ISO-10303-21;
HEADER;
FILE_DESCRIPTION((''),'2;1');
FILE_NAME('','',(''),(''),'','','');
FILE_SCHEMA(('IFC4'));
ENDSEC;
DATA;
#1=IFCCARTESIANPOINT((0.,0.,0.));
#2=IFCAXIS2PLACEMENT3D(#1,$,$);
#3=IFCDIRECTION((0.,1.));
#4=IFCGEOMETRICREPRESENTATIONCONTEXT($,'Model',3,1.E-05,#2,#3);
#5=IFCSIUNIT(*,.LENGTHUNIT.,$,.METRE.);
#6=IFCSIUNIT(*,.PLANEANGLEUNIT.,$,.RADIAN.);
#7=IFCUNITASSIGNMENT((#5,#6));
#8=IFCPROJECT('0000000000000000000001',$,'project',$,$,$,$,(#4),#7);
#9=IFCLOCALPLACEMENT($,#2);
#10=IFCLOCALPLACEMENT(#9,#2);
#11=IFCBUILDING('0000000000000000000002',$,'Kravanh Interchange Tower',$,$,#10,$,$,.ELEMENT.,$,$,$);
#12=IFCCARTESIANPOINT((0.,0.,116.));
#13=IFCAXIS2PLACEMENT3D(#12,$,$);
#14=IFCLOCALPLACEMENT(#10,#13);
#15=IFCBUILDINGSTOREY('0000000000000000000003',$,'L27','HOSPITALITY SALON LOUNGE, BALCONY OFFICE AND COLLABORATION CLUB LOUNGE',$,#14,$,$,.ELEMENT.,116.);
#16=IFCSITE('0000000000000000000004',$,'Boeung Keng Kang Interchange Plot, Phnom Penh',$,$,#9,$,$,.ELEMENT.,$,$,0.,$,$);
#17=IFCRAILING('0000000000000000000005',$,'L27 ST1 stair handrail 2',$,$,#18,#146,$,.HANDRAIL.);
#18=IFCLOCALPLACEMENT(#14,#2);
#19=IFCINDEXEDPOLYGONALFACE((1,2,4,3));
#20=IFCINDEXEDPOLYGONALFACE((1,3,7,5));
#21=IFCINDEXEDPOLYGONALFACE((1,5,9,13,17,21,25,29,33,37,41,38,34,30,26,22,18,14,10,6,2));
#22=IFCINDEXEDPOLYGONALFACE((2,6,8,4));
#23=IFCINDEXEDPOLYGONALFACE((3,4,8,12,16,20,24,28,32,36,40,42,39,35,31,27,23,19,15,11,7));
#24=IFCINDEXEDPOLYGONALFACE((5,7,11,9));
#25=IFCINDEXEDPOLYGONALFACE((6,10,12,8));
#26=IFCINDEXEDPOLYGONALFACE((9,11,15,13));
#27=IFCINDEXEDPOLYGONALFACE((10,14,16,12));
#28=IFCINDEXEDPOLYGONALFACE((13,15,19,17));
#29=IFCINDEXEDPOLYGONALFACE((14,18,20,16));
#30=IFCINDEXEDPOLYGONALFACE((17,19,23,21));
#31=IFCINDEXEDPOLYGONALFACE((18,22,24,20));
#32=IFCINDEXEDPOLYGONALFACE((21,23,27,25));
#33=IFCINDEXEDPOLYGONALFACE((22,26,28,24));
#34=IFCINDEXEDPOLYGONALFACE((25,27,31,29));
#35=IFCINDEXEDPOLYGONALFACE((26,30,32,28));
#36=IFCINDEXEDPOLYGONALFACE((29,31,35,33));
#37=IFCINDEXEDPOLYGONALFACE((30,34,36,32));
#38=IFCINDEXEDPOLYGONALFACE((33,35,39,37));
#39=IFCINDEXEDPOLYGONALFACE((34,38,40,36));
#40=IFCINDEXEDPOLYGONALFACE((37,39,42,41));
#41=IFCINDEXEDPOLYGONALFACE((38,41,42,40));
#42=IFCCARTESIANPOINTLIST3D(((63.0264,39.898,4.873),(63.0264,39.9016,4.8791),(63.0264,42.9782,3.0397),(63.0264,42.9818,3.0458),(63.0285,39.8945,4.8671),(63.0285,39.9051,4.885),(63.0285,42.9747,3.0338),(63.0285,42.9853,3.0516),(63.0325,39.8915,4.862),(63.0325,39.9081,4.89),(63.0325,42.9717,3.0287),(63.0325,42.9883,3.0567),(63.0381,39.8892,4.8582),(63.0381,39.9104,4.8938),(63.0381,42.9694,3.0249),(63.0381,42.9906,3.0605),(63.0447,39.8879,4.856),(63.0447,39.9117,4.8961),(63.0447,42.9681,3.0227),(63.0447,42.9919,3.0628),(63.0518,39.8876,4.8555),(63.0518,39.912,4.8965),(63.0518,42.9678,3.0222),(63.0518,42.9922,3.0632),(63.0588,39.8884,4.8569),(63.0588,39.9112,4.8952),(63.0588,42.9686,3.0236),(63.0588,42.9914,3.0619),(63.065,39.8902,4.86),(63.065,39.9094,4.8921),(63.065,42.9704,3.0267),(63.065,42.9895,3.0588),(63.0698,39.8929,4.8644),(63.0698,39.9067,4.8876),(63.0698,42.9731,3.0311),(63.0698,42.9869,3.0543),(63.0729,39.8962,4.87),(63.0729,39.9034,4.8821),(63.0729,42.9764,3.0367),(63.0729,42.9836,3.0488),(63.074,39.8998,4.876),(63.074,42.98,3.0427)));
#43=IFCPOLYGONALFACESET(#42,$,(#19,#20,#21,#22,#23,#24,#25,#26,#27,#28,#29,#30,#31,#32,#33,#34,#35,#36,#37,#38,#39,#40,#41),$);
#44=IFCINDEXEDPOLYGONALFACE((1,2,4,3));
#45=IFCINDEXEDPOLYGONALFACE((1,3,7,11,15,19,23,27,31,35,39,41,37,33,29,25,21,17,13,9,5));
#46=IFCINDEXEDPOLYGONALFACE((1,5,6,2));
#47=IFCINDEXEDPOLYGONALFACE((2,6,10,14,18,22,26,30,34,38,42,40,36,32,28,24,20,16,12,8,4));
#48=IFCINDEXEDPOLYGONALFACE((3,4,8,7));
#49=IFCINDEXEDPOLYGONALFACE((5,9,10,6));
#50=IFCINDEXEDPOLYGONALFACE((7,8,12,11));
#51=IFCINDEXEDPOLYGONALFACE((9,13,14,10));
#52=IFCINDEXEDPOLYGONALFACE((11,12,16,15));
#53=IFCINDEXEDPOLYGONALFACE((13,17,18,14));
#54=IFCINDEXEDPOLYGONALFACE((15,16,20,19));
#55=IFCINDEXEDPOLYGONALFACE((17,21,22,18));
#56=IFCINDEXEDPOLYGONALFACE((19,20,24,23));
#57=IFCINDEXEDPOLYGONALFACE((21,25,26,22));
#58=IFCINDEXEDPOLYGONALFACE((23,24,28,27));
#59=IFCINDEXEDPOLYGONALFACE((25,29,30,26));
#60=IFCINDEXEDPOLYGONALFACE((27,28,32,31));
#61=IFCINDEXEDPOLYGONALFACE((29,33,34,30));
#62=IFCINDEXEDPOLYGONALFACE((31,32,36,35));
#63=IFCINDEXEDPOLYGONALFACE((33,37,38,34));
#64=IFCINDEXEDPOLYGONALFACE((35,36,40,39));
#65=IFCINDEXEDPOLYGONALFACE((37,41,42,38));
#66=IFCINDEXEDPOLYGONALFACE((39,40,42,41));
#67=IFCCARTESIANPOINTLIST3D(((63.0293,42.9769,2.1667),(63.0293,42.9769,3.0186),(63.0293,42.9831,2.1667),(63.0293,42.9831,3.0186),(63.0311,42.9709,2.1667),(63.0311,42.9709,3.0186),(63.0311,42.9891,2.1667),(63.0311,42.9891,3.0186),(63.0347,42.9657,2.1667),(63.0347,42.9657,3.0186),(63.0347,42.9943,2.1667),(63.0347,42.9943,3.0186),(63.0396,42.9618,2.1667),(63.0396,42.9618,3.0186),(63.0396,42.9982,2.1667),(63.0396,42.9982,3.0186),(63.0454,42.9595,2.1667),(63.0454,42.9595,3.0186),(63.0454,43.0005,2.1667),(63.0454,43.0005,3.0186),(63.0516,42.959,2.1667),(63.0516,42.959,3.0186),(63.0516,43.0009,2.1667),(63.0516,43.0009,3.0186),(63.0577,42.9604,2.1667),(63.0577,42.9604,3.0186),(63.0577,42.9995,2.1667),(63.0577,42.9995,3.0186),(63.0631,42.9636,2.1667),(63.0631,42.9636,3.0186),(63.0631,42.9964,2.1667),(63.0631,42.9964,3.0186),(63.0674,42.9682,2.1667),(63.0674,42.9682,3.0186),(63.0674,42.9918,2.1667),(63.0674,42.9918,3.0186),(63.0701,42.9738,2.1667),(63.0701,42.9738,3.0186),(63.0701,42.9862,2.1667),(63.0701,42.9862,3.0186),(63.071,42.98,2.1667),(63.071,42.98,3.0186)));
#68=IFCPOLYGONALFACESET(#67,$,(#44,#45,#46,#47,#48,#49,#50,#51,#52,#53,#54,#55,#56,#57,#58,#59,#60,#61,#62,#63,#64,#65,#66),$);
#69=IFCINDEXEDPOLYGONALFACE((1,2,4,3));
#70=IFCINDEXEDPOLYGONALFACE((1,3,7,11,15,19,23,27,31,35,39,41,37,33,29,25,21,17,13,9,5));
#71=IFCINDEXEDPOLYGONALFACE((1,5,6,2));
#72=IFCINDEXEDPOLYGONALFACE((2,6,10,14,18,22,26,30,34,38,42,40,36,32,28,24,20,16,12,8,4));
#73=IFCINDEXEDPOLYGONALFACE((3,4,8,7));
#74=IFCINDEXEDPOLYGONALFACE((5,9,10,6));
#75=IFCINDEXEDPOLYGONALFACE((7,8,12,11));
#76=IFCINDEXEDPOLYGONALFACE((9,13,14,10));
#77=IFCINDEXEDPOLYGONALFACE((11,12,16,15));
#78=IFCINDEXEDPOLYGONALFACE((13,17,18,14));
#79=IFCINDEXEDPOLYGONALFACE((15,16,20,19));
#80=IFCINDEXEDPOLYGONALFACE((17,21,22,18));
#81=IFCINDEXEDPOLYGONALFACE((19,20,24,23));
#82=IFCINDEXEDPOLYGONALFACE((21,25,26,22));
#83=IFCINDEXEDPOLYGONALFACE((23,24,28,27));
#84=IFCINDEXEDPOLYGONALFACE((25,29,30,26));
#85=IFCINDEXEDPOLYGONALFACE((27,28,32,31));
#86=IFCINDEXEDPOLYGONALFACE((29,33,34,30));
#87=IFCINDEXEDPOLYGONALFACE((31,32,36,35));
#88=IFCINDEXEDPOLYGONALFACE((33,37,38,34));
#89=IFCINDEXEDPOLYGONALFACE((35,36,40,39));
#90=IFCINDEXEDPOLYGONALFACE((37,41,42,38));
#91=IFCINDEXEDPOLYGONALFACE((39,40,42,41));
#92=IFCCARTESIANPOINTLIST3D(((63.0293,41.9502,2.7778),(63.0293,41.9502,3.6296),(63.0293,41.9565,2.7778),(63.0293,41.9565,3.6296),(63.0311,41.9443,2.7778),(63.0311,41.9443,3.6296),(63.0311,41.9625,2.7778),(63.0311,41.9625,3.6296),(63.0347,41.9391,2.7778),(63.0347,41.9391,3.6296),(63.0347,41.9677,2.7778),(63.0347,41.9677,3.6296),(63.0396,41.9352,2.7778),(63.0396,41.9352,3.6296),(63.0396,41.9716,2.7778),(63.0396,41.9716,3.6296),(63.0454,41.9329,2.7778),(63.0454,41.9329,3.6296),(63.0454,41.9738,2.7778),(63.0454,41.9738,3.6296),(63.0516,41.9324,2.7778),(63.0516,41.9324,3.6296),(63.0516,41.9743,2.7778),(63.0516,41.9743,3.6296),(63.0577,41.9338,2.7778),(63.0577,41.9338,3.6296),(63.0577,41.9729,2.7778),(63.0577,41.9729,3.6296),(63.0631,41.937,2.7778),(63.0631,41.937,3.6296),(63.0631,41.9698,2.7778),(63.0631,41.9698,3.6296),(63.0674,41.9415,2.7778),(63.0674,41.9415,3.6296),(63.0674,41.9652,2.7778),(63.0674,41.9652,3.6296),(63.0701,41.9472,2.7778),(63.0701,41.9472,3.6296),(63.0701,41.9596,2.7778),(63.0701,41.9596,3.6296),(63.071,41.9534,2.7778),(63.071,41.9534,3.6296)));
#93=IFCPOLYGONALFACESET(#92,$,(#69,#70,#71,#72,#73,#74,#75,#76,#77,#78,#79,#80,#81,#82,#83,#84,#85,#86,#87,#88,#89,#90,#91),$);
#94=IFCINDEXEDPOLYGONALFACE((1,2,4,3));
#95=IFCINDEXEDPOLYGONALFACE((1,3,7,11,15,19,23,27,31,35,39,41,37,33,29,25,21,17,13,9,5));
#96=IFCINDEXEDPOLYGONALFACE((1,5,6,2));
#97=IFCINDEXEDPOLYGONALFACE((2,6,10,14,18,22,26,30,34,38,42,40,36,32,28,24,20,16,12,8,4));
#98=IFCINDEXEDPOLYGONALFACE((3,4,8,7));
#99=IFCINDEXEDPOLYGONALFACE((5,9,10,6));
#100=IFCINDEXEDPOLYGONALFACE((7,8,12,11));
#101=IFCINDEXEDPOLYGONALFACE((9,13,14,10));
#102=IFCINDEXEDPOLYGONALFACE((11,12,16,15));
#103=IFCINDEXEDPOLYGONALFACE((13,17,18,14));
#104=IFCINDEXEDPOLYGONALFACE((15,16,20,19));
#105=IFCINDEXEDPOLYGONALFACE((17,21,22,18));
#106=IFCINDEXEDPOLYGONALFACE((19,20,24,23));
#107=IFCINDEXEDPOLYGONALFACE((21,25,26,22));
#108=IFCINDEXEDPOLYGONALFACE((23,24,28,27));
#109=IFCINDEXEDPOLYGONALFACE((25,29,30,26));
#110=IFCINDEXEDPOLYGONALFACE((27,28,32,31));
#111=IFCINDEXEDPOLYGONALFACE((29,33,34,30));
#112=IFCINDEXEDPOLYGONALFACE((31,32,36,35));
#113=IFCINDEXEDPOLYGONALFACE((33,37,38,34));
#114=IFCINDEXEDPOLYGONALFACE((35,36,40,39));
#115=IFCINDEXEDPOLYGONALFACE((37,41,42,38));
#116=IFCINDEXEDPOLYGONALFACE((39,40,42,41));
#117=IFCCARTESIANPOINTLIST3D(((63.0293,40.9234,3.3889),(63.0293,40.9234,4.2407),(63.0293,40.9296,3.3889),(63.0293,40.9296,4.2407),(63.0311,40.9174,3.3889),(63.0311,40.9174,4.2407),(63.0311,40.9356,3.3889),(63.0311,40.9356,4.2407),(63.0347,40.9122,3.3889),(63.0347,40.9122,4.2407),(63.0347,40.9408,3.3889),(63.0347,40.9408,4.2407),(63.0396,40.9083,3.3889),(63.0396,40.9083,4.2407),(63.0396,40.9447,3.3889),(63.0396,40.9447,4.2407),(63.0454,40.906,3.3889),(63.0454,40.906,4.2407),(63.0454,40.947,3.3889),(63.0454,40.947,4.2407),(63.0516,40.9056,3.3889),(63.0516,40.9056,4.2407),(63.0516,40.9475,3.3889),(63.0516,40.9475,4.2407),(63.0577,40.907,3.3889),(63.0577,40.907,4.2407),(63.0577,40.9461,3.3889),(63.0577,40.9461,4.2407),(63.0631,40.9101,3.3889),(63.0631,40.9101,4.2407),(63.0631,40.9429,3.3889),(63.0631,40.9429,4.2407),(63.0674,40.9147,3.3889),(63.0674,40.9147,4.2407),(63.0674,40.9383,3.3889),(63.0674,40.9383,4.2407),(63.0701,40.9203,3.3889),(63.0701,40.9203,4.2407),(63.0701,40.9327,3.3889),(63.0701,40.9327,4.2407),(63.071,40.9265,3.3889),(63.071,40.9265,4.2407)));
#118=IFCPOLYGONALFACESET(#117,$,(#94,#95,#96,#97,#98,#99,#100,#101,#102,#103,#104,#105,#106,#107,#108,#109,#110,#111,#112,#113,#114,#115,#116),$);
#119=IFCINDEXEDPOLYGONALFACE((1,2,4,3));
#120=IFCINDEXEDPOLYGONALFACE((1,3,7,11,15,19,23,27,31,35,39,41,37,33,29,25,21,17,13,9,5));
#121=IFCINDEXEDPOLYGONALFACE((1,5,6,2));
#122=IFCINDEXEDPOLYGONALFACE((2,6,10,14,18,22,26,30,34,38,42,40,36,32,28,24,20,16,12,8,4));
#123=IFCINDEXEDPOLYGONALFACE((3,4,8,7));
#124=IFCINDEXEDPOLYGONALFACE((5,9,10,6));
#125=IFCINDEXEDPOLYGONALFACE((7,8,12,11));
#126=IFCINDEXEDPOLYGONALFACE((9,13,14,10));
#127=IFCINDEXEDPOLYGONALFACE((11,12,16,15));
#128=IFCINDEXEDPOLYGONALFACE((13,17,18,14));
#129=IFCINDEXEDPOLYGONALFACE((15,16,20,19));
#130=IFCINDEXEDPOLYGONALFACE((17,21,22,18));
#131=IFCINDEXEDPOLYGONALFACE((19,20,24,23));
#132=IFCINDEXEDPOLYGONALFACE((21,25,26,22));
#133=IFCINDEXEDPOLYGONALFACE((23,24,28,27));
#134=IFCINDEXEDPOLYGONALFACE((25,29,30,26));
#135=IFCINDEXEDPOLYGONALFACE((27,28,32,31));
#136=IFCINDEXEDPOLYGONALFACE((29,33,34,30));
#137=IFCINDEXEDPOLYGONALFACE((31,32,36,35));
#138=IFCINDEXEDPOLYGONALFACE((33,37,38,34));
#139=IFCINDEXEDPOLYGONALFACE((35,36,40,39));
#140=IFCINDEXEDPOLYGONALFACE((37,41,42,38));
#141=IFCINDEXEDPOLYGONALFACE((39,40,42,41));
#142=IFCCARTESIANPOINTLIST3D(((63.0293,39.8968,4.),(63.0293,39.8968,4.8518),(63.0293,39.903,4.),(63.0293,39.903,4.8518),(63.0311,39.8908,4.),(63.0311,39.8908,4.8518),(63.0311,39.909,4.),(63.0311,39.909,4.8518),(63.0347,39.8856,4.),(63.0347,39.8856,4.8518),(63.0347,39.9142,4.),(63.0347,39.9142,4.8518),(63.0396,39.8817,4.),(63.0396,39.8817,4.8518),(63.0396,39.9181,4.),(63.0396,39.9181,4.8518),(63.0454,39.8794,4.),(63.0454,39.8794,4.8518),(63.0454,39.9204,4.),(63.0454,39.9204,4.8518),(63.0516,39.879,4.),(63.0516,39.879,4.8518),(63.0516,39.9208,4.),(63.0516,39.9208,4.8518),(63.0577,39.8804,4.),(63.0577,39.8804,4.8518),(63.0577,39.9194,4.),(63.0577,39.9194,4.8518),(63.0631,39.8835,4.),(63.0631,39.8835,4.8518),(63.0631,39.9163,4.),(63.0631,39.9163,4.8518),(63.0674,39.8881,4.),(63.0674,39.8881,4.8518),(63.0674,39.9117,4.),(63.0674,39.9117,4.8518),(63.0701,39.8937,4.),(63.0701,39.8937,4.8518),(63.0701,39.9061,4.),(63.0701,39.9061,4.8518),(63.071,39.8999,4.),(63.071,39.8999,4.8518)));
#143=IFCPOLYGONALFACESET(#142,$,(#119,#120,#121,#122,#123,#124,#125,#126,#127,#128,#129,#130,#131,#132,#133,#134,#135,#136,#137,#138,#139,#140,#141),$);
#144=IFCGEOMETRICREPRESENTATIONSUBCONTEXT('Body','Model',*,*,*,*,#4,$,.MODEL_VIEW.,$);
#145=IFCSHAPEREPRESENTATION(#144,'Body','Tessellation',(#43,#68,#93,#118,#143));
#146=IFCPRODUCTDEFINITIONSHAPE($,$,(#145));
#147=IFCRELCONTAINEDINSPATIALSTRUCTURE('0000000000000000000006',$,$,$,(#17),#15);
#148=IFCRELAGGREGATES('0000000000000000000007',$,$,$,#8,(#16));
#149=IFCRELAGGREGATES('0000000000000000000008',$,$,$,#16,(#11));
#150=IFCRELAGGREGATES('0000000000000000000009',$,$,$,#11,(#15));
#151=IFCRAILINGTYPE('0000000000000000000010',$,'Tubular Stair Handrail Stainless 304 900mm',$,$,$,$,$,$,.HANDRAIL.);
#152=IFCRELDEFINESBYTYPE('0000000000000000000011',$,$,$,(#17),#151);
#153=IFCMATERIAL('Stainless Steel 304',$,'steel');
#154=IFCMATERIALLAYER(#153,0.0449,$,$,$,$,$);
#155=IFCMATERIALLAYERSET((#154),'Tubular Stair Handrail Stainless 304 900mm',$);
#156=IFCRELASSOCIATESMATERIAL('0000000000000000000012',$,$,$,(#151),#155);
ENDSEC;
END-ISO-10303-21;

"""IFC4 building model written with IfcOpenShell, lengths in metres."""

from ifc_helpers import new_model, si_unit, direction, frame, origin, origin_2d, place, context, subcontext, project, spatial, circle, extrude, material, layer, layer_set, type_object, element, save


model = new_model("IFC4")

# Units and contexts
model_context = context("Model", 3, precision=1e-05, world=origin(), true_north=direction((0.0, 1.0)))
body_context = subcontext(model_context, "Body", "Model", "MODEL_VIEW")
ifc_project = project(units=[si_unit("LENGTHUNIT", "METRE"), si_unit("PLANEANGLEUNIT", "RADIAN")], contexts=[model_context])

# Site, building, storey
site_placement = place(None, origin())
site = spatial("IfcSite", under=ifc_project, at=site_placement, Name="Boeung Keng Kang Interchange Plot, Phnom Penh", CompositionType="ELEMENT", RefElevation=0.0)
building_placement = place(site_placement, origin())
building = spatial("IfcBuilding", under=site, at=building_placement, Name="Kravanh Interchange Tower", CompositionType="ELEMENT")
storey_placement = place(building_placement, frame((0.0, 0.0, 116.0)))
storey = spatial("IfcBuildingStorey", under=building, at=storey_placement, Name="L27", Description="HOSPITALITY SALON LOUNGE, BALCONY OFFICE AND COLLABORATION CLUB LOUNGE", CompositionType="ELEMENT", Elevation=116.0)

# Railing
ifc_material_1 = material(Name="Stainless Steel 304", Category="steel")
ifc_layer_1 = layer(ifc_material_1, 0.0449)
ifc_layer_set_1 = layer_set([ifc_layer_1], Name="Tubular Stair Handrail Stainless 304 900mm")
railing_type_1 = type_object("IfcRailingType", Name="Tubular Stair Handrail Stainless 304 900mm", PredefinedType="HANDRAIL", material=ifc_layer_set_1)
railing_1_placement = place(storey_placement, frame((63.05, 42.98, 2.1667)))
element("IfcRailing", 1, at=railing_1_placement, inside=storey, type_object=railing_type_1, Name="L27 ST1 stair handrail 2", PredefinedType="HANDRAIL", context=body_context, shape_type="SweptSolid", body=[
    extrude(circle(Radius=0.0239, at=origin_2d()), frame((0.0, 0.0, 0.876), z_axis=(0.0, -0.859309, 0.511458), x_axis=(1.0, 0.0, 0.0)), (0.0, 0.0, 1.0), 3.5845),
    extrude(circle(Radius=0.021, at=origin_2d()), origin(), (0.0, 0.0, 1.0), 0.8518),
    extrude(circle(Radius=0.021, at=origin_2d()), frame((0.0, -1.0266, 0.6111)), (0.0, 0.0, 1.0), 0.8518),
    extrude(circle(Radius=0.021, at=origin_2d()), frame((0.0, -2.0535, 1.2222)), (0.0, 0.0, 1.0), 0.8518),
    extrude(circle(Radius=0.021, at=origin_2d()), frame((0.0, -3.0801, 1.8333)), (0.0, 0.0, 1.0), 0.8518),
])

save(model, "model.ifc")
